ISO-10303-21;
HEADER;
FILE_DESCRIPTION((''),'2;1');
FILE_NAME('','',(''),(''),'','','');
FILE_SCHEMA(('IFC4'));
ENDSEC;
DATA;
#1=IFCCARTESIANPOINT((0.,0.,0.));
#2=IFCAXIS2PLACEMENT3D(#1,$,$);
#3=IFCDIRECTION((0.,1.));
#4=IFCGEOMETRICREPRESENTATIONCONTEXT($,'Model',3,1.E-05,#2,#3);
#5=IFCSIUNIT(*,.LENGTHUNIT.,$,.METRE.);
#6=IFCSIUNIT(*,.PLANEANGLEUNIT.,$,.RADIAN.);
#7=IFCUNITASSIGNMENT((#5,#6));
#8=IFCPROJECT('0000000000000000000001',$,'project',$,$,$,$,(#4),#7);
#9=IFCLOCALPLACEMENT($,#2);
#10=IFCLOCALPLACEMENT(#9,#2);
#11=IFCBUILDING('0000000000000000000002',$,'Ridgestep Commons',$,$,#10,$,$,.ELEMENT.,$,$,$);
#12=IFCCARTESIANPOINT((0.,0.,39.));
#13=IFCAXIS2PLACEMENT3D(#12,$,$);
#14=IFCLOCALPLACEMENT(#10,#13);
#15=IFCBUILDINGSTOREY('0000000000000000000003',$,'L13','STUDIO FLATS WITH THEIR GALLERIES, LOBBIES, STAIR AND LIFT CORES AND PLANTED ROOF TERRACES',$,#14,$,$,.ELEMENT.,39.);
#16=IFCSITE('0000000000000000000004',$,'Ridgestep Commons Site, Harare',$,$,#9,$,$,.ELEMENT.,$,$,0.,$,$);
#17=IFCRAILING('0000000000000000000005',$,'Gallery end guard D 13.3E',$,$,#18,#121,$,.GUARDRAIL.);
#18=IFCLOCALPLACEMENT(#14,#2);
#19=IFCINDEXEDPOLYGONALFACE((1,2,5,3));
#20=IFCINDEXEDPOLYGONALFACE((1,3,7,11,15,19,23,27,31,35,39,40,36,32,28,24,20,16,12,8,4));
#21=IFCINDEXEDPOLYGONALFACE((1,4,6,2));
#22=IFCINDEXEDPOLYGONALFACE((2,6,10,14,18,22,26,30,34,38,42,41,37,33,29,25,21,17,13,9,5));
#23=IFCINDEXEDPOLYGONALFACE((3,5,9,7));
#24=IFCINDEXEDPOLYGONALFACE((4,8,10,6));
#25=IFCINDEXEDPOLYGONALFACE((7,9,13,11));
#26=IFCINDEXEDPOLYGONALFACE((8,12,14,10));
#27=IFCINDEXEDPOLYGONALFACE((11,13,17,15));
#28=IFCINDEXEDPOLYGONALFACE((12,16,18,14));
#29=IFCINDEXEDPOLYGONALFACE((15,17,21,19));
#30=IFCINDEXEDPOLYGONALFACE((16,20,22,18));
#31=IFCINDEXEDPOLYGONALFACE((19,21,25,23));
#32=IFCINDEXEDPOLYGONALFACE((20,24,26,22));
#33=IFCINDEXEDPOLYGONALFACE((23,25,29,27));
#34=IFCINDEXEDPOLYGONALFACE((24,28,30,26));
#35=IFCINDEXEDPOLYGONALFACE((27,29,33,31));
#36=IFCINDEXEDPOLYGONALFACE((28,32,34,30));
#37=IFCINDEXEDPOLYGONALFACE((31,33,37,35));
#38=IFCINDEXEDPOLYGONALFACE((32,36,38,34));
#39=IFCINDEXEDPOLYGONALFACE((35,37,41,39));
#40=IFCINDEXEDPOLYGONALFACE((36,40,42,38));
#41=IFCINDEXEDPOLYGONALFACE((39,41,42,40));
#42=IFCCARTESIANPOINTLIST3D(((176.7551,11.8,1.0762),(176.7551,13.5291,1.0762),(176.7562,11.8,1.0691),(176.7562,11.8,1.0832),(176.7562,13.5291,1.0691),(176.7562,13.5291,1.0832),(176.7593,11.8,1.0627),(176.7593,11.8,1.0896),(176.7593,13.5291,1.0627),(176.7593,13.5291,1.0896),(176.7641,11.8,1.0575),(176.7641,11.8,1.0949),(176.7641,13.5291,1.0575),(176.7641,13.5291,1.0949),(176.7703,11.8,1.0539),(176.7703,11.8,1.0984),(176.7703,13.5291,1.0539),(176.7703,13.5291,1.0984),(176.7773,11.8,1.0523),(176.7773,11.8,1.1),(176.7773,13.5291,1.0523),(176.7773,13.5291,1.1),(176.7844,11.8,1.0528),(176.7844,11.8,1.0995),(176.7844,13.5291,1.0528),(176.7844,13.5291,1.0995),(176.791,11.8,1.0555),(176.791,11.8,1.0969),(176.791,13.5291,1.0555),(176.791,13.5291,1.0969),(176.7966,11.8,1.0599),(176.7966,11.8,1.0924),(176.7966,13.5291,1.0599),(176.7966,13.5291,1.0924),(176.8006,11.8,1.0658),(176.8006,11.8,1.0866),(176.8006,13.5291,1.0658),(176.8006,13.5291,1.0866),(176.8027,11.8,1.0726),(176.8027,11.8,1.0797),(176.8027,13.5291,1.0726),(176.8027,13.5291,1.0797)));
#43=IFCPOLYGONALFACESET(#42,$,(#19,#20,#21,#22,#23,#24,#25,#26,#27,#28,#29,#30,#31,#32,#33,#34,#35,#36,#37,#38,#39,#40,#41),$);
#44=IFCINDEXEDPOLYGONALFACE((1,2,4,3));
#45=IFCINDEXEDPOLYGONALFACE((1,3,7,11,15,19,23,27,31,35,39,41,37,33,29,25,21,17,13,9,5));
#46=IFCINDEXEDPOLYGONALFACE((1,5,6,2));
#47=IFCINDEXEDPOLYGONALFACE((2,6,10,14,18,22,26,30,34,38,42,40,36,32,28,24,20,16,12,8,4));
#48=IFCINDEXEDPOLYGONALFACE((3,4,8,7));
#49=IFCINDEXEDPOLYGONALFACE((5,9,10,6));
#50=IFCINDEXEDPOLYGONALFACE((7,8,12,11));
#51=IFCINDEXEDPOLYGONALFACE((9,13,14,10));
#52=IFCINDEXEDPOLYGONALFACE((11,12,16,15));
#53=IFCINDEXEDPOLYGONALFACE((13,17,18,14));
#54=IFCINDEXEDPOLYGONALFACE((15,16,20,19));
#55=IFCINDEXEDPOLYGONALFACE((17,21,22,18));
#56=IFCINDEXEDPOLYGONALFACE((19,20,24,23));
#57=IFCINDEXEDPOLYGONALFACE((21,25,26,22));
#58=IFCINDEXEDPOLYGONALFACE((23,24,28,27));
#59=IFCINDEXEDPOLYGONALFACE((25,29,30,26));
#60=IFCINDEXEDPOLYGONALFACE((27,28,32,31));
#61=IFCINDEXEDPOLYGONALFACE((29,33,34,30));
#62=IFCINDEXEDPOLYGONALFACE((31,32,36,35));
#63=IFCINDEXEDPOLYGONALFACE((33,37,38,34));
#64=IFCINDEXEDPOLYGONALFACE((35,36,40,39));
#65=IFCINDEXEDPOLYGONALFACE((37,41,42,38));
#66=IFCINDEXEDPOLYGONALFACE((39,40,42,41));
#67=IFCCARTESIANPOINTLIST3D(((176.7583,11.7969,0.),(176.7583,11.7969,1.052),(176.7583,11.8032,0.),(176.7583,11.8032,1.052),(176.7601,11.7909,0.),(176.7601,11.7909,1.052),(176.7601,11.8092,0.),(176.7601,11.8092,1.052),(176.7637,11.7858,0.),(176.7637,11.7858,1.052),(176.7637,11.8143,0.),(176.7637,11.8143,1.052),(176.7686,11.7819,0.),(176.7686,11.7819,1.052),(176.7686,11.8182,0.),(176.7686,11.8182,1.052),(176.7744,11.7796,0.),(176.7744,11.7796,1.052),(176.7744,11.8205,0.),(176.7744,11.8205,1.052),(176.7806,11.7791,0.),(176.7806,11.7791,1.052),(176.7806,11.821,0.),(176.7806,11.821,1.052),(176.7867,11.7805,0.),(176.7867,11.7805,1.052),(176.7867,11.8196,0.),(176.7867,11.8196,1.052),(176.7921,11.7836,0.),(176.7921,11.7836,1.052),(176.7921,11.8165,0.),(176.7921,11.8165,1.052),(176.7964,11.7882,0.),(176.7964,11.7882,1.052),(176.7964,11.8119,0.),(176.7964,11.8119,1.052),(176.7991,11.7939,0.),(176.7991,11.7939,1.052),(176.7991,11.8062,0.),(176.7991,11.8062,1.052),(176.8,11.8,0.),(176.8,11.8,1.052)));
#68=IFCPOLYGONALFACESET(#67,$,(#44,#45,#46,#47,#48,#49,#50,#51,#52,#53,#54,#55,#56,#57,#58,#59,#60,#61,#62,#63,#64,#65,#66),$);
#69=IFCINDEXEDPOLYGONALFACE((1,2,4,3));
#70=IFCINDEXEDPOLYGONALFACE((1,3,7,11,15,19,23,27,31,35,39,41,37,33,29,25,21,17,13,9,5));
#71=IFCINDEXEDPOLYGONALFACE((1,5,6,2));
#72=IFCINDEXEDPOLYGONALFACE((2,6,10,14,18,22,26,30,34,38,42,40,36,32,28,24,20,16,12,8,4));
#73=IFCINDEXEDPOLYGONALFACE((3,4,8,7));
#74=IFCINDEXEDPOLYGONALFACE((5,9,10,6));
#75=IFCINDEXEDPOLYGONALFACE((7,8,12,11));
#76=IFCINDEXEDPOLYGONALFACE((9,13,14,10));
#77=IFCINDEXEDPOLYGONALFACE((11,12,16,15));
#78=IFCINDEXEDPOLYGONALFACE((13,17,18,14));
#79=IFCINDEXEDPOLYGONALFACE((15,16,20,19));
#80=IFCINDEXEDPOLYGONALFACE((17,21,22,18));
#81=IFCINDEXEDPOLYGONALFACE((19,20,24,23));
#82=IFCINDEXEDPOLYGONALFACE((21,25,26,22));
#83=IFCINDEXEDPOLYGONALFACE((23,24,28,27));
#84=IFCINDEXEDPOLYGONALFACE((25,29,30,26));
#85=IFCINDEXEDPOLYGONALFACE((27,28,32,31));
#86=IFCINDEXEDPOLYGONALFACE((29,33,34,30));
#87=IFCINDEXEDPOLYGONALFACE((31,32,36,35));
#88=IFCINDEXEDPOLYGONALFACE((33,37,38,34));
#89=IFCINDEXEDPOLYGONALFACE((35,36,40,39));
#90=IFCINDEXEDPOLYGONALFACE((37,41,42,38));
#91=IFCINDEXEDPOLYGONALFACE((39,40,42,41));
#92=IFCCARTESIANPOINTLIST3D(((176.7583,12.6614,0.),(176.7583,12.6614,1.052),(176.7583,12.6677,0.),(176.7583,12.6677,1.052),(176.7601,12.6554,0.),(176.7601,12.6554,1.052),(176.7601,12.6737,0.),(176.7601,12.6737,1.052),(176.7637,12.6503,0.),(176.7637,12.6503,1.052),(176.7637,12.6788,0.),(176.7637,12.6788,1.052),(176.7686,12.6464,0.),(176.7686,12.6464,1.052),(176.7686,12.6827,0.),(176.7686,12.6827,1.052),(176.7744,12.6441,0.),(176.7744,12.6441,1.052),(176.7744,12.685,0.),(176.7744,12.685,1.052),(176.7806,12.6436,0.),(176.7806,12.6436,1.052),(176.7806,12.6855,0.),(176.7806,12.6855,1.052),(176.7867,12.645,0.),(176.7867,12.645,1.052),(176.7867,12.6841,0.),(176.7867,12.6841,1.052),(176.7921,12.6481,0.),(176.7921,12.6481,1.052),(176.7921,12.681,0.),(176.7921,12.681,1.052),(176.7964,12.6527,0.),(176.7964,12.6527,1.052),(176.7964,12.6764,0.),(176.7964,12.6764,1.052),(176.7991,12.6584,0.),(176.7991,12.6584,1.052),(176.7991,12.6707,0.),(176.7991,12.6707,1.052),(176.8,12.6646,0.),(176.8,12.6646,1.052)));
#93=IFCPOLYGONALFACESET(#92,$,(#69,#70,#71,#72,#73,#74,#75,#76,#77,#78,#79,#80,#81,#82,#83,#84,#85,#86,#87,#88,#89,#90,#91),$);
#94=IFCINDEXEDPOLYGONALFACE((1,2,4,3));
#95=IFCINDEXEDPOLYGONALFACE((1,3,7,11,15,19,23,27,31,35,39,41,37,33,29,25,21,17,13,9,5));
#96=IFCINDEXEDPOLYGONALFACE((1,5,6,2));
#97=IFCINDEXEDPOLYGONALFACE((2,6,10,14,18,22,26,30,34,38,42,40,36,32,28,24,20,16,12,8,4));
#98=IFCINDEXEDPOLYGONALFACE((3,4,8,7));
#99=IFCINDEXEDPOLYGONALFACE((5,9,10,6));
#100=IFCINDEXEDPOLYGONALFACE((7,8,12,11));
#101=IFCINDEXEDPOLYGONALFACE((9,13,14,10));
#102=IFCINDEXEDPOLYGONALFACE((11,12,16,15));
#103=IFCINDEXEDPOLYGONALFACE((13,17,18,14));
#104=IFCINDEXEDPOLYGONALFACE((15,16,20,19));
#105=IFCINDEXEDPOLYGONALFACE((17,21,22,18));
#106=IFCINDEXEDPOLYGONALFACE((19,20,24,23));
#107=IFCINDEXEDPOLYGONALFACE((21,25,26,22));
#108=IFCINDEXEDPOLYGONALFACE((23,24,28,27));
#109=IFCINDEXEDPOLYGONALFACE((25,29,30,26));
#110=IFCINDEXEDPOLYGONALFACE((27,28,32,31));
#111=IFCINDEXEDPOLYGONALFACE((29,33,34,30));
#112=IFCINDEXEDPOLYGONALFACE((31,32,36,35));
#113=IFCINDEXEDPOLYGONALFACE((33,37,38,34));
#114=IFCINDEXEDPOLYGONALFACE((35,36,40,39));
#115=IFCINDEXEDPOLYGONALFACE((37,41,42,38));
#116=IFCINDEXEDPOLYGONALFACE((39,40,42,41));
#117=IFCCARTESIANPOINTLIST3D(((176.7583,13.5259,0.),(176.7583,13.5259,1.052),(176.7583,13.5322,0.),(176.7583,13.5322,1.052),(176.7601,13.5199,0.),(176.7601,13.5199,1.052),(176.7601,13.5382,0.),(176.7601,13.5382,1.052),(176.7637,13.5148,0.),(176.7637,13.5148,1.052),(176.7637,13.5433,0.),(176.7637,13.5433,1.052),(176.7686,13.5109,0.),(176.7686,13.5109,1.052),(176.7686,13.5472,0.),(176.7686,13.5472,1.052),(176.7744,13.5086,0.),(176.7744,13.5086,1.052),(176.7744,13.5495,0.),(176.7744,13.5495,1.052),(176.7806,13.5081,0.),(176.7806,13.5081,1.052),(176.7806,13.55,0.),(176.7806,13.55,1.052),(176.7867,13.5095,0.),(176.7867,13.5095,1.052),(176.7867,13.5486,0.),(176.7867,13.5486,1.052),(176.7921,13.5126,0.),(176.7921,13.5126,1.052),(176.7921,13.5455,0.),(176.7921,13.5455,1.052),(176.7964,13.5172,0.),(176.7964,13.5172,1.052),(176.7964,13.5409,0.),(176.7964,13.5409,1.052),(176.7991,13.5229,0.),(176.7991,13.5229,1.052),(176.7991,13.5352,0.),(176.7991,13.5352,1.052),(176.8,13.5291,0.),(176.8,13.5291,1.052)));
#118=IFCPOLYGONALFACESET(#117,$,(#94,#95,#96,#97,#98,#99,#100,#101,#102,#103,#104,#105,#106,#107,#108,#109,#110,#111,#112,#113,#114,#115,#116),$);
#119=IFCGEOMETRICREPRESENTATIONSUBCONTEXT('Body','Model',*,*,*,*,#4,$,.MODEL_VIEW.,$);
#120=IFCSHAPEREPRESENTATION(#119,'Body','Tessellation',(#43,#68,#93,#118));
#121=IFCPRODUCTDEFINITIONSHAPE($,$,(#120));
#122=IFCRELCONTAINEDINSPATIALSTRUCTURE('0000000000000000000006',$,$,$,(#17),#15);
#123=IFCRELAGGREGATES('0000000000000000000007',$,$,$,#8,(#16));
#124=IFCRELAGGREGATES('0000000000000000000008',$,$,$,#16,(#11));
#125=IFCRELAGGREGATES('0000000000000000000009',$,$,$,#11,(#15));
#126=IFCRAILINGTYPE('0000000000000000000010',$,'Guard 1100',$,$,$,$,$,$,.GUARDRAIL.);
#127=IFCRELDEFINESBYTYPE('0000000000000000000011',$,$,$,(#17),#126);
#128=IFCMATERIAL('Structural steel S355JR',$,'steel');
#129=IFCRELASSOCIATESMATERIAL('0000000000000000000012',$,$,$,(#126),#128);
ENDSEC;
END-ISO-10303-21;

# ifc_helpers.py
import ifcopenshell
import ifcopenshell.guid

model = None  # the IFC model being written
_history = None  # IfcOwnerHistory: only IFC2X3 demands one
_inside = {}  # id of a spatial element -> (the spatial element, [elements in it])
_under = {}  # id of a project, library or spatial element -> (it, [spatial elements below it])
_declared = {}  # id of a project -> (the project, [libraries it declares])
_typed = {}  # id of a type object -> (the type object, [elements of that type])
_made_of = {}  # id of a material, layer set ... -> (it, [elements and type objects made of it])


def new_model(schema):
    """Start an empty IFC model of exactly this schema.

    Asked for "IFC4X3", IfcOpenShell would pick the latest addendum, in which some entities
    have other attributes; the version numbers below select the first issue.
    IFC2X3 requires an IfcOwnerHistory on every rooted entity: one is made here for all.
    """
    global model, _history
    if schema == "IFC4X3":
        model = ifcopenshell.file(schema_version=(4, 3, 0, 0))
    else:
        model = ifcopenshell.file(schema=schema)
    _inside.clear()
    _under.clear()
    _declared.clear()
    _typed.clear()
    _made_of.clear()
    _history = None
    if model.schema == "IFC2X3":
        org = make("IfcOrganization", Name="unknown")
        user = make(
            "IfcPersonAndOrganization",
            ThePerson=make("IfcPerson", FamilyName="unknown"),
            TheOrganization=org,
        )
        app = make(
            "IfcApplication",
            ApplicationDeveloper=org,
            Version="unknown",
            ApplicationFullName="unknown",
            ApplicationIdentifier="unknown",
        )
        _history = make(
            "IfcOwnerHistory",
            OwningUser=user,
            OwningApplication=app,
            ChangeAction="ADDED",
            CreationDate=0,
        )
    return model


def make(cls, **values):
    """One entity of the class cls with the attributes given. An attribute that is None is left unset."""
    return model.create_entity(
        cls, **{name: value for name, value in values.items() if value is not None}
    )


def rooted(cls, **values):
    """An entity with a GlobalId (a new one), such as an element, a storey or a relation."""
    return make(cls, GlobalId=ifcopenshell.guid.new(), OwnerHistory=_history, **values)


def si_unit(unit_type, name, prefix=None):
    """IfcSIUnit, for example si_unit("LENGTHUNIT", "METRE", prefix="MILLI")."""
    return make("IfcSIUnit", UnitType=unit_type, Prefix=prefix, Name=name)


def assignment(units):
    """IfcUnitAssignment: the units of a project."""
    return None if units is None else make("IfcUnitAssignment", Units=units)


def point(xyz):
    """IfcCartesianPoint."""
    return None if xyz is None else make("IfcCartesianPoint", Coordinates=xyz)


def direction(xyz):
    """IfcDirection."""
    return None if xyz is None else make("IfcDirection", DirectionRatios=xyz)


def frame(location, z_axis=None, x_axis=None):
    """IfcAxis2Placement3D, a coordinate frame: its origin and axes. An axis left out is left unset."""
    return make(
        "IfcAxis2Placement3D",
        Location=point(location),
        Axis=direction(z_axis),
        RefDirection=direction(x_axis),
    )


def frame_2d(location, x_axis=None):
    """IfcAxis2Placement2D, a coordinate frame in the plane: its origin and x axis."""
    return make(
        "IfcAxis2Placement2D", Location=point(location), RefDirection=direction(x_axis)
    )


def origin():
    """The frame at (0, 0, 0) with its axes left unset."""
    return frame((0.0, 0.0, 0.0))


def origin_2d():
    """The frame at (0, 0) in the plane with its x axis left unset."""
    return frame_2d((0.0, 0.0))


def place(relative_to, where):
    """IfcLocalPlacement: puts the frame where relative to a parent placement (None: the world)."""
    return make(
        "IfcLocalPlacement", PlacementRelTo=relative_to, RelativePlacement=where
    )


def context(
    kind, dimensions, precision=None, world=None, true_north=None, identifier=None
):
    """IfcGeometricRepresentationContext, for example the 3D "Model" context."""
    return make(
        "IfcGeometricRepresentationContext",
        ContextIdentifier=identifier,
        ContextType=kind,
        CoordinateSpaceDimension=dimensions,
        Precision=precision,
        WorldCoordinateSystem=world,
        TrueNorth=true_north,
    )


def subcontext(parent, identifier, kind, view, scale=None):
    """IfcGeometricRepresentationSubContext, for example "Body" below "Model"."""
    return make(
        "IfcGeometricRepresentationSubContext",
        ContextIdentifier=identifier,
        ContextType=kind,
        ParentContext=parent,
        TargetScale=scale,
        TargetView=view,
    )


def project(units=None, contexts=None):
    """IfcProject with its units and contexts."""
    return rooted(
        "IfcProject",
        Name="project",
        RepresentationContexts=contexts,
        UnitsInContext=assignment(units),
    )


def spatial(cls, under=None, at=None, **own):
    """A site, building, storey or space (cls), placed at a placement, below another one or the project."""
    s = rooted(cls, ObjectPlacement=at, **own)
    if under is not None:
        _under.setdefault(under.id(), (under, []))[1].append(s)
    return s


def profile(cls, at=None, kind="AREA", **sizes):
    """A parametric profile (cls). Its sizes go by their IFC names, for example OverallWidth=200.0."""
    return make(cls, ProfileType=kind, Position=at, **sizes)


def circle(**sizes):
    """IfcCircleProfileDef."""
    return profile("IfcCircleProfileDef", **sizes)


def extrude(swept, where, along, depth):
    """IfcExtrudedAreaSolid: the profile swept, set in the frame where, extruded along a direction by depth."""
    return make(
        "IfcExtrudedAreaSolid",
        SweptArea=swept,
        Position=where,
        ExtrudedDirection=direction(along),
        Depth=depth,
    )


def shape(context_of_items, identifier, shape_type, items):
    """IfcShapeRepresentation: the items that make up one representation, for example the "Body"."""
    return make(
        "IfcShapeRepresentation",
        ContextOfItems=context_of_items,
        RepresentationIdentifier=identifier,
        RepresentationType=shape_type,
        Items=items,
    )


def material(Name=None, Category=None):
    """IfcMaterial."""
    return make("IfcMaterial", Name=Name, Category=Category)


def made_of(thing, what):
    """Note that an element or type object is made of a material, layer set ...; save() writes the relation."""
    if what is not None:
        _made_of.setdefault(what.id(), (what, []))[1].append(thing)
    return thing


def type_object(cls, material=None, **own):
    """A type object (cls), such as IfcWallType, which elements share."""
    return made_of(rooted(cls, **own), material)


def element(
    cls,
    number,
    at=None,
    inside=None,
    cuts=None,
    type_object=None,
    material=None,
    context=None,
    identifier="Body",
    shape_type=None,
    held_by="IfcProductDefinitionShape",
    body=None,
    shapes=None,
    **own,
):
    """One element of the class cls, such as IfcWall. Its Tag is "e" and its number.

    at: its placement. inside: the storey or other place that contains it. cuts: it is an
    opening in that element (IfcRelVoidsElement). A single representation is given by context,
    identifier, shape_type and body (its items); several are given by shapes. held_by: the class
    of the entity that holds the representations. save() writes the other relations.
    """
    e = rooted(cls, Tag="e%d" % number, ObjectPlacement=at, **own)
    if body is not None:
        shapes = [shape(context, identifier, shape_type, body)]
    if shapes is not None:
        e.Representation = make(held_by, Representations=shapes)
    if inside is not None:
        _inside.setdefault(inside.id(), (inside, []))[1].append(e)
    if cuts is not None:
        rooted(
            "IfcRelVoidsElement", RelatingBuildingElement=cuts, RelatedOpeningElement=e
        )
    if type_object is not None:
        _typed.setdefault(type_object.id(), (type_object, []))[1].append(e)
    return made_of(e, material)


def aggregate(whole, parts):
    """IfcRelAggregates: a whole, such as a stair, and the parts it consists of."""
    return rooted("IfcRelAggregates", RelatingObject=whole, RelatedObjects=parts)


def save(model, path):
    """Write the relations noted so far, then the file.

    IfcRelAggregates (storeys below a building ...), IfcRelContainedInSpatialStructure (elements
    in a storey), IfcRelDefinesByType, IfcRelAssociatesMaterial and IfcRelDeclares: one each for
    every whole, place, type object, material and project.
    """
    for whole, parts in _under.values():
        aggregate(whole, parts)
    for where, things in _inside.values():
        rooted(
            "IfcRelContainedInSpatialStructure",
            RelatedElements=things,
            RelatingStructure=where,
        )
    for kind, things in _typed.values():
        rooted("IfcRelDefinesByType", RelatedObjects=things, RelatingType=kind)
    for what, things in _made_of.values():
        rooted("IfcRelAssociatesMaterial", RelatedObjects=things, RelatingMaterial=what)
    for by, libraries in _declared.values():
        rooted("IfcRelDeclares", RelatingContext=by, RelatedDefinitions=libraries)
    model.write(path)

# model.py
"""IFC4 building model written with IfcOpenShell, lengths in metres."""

from ifc_helpers import new_model, si_unit, direction, frame, origin, origin_2d, place, context, subcontext, project, spatial, circle, extrude, material, type_object, element, save


model = new_model("IFC4")

# Units and contexts
model_context = context("Model", 3, precision=1e-05, world=origin(), true_north=direction((0.0, 1.0)))
body_context = subcontext(model_context, "Body", "Model", "MODEL_VIEW")
ifc_project = project(units=[si_unit("LENGTHUNIT", "METRE"), si_unit("PLANEANGLEUNIT", "RADIAN")], contexts=[model_context])

# Site, building, storey
site_placement = place(None, origin())
site = spatial("IfcSite", under=ifc_project, at=site_placement, Name="Ridgestep Commons Site, Harare", CompositionType="ELEMENT", RefElevation=0.0)
building_placement = place(site_placement, origin())
building = spatial("IfcBuilding", under=site, at=building_placement, Name="Ridgestep Commons", CompositionType="ELEMENT")
storey_placement = place(building_placement, frame((0.0, 0.0, 39.0)))
storey = spatial("IfcBuildingStorey", under=building, at=storey_placement, Name="L13", Description="STUDIO FLATS WITH THEIR GALLERIES, LOBBIES, STAIR AND LIFT CORES AND PLANTED ROOF TERRACES", CompositionType="ELEMENT", Elevation=39.0)

# Railing
ifc_material_1 = material(Name="Structural steel S355JR", Category="steel")
railing_type = type_object("IfcRailingType", Name="Guard 1100", PredefinedType="GUARDRAIL", material=ifc_material_1)
railing_1_placement = place(storey_placement, frame((176.7791, 11.8, 0.0)))
element("IfcRailing", 1, at=railing_1_placement, inside=storey, type_object=railing_type, Name="Gallery end guard D 13.3E", PredefinedType="GUARDRAIL", context=body_context, shape_type="SweptSolid", body=[
    extrude(circle(Radius=0.0239, at=origin_2d()), frame((0.0, 0.0, 1.0762), z_axis=(0.0, 1.0, 0.0), x_axis=(-1.0, 0.0, 0.0)), (0.0, 0.0, 1.0), 1.729),
    extrude(circle(Radius=0.021, at=origin_2d()), origin(), (0.0, 0.0, 1.0), 1.052),
    extrude(circle(Radius=0.021, at=origin_2d()), frame((0.0, 0.8645, 0.0)), (0.0, 0.0, 1.0), 1.052),
    extrude(circle(Radius=0.021, at=origin_2d()), frame((0.0, 1.729, 0.0)), (0.0, 0.0, 1.0), 1.052),
])

save(model, "model.ifc")
